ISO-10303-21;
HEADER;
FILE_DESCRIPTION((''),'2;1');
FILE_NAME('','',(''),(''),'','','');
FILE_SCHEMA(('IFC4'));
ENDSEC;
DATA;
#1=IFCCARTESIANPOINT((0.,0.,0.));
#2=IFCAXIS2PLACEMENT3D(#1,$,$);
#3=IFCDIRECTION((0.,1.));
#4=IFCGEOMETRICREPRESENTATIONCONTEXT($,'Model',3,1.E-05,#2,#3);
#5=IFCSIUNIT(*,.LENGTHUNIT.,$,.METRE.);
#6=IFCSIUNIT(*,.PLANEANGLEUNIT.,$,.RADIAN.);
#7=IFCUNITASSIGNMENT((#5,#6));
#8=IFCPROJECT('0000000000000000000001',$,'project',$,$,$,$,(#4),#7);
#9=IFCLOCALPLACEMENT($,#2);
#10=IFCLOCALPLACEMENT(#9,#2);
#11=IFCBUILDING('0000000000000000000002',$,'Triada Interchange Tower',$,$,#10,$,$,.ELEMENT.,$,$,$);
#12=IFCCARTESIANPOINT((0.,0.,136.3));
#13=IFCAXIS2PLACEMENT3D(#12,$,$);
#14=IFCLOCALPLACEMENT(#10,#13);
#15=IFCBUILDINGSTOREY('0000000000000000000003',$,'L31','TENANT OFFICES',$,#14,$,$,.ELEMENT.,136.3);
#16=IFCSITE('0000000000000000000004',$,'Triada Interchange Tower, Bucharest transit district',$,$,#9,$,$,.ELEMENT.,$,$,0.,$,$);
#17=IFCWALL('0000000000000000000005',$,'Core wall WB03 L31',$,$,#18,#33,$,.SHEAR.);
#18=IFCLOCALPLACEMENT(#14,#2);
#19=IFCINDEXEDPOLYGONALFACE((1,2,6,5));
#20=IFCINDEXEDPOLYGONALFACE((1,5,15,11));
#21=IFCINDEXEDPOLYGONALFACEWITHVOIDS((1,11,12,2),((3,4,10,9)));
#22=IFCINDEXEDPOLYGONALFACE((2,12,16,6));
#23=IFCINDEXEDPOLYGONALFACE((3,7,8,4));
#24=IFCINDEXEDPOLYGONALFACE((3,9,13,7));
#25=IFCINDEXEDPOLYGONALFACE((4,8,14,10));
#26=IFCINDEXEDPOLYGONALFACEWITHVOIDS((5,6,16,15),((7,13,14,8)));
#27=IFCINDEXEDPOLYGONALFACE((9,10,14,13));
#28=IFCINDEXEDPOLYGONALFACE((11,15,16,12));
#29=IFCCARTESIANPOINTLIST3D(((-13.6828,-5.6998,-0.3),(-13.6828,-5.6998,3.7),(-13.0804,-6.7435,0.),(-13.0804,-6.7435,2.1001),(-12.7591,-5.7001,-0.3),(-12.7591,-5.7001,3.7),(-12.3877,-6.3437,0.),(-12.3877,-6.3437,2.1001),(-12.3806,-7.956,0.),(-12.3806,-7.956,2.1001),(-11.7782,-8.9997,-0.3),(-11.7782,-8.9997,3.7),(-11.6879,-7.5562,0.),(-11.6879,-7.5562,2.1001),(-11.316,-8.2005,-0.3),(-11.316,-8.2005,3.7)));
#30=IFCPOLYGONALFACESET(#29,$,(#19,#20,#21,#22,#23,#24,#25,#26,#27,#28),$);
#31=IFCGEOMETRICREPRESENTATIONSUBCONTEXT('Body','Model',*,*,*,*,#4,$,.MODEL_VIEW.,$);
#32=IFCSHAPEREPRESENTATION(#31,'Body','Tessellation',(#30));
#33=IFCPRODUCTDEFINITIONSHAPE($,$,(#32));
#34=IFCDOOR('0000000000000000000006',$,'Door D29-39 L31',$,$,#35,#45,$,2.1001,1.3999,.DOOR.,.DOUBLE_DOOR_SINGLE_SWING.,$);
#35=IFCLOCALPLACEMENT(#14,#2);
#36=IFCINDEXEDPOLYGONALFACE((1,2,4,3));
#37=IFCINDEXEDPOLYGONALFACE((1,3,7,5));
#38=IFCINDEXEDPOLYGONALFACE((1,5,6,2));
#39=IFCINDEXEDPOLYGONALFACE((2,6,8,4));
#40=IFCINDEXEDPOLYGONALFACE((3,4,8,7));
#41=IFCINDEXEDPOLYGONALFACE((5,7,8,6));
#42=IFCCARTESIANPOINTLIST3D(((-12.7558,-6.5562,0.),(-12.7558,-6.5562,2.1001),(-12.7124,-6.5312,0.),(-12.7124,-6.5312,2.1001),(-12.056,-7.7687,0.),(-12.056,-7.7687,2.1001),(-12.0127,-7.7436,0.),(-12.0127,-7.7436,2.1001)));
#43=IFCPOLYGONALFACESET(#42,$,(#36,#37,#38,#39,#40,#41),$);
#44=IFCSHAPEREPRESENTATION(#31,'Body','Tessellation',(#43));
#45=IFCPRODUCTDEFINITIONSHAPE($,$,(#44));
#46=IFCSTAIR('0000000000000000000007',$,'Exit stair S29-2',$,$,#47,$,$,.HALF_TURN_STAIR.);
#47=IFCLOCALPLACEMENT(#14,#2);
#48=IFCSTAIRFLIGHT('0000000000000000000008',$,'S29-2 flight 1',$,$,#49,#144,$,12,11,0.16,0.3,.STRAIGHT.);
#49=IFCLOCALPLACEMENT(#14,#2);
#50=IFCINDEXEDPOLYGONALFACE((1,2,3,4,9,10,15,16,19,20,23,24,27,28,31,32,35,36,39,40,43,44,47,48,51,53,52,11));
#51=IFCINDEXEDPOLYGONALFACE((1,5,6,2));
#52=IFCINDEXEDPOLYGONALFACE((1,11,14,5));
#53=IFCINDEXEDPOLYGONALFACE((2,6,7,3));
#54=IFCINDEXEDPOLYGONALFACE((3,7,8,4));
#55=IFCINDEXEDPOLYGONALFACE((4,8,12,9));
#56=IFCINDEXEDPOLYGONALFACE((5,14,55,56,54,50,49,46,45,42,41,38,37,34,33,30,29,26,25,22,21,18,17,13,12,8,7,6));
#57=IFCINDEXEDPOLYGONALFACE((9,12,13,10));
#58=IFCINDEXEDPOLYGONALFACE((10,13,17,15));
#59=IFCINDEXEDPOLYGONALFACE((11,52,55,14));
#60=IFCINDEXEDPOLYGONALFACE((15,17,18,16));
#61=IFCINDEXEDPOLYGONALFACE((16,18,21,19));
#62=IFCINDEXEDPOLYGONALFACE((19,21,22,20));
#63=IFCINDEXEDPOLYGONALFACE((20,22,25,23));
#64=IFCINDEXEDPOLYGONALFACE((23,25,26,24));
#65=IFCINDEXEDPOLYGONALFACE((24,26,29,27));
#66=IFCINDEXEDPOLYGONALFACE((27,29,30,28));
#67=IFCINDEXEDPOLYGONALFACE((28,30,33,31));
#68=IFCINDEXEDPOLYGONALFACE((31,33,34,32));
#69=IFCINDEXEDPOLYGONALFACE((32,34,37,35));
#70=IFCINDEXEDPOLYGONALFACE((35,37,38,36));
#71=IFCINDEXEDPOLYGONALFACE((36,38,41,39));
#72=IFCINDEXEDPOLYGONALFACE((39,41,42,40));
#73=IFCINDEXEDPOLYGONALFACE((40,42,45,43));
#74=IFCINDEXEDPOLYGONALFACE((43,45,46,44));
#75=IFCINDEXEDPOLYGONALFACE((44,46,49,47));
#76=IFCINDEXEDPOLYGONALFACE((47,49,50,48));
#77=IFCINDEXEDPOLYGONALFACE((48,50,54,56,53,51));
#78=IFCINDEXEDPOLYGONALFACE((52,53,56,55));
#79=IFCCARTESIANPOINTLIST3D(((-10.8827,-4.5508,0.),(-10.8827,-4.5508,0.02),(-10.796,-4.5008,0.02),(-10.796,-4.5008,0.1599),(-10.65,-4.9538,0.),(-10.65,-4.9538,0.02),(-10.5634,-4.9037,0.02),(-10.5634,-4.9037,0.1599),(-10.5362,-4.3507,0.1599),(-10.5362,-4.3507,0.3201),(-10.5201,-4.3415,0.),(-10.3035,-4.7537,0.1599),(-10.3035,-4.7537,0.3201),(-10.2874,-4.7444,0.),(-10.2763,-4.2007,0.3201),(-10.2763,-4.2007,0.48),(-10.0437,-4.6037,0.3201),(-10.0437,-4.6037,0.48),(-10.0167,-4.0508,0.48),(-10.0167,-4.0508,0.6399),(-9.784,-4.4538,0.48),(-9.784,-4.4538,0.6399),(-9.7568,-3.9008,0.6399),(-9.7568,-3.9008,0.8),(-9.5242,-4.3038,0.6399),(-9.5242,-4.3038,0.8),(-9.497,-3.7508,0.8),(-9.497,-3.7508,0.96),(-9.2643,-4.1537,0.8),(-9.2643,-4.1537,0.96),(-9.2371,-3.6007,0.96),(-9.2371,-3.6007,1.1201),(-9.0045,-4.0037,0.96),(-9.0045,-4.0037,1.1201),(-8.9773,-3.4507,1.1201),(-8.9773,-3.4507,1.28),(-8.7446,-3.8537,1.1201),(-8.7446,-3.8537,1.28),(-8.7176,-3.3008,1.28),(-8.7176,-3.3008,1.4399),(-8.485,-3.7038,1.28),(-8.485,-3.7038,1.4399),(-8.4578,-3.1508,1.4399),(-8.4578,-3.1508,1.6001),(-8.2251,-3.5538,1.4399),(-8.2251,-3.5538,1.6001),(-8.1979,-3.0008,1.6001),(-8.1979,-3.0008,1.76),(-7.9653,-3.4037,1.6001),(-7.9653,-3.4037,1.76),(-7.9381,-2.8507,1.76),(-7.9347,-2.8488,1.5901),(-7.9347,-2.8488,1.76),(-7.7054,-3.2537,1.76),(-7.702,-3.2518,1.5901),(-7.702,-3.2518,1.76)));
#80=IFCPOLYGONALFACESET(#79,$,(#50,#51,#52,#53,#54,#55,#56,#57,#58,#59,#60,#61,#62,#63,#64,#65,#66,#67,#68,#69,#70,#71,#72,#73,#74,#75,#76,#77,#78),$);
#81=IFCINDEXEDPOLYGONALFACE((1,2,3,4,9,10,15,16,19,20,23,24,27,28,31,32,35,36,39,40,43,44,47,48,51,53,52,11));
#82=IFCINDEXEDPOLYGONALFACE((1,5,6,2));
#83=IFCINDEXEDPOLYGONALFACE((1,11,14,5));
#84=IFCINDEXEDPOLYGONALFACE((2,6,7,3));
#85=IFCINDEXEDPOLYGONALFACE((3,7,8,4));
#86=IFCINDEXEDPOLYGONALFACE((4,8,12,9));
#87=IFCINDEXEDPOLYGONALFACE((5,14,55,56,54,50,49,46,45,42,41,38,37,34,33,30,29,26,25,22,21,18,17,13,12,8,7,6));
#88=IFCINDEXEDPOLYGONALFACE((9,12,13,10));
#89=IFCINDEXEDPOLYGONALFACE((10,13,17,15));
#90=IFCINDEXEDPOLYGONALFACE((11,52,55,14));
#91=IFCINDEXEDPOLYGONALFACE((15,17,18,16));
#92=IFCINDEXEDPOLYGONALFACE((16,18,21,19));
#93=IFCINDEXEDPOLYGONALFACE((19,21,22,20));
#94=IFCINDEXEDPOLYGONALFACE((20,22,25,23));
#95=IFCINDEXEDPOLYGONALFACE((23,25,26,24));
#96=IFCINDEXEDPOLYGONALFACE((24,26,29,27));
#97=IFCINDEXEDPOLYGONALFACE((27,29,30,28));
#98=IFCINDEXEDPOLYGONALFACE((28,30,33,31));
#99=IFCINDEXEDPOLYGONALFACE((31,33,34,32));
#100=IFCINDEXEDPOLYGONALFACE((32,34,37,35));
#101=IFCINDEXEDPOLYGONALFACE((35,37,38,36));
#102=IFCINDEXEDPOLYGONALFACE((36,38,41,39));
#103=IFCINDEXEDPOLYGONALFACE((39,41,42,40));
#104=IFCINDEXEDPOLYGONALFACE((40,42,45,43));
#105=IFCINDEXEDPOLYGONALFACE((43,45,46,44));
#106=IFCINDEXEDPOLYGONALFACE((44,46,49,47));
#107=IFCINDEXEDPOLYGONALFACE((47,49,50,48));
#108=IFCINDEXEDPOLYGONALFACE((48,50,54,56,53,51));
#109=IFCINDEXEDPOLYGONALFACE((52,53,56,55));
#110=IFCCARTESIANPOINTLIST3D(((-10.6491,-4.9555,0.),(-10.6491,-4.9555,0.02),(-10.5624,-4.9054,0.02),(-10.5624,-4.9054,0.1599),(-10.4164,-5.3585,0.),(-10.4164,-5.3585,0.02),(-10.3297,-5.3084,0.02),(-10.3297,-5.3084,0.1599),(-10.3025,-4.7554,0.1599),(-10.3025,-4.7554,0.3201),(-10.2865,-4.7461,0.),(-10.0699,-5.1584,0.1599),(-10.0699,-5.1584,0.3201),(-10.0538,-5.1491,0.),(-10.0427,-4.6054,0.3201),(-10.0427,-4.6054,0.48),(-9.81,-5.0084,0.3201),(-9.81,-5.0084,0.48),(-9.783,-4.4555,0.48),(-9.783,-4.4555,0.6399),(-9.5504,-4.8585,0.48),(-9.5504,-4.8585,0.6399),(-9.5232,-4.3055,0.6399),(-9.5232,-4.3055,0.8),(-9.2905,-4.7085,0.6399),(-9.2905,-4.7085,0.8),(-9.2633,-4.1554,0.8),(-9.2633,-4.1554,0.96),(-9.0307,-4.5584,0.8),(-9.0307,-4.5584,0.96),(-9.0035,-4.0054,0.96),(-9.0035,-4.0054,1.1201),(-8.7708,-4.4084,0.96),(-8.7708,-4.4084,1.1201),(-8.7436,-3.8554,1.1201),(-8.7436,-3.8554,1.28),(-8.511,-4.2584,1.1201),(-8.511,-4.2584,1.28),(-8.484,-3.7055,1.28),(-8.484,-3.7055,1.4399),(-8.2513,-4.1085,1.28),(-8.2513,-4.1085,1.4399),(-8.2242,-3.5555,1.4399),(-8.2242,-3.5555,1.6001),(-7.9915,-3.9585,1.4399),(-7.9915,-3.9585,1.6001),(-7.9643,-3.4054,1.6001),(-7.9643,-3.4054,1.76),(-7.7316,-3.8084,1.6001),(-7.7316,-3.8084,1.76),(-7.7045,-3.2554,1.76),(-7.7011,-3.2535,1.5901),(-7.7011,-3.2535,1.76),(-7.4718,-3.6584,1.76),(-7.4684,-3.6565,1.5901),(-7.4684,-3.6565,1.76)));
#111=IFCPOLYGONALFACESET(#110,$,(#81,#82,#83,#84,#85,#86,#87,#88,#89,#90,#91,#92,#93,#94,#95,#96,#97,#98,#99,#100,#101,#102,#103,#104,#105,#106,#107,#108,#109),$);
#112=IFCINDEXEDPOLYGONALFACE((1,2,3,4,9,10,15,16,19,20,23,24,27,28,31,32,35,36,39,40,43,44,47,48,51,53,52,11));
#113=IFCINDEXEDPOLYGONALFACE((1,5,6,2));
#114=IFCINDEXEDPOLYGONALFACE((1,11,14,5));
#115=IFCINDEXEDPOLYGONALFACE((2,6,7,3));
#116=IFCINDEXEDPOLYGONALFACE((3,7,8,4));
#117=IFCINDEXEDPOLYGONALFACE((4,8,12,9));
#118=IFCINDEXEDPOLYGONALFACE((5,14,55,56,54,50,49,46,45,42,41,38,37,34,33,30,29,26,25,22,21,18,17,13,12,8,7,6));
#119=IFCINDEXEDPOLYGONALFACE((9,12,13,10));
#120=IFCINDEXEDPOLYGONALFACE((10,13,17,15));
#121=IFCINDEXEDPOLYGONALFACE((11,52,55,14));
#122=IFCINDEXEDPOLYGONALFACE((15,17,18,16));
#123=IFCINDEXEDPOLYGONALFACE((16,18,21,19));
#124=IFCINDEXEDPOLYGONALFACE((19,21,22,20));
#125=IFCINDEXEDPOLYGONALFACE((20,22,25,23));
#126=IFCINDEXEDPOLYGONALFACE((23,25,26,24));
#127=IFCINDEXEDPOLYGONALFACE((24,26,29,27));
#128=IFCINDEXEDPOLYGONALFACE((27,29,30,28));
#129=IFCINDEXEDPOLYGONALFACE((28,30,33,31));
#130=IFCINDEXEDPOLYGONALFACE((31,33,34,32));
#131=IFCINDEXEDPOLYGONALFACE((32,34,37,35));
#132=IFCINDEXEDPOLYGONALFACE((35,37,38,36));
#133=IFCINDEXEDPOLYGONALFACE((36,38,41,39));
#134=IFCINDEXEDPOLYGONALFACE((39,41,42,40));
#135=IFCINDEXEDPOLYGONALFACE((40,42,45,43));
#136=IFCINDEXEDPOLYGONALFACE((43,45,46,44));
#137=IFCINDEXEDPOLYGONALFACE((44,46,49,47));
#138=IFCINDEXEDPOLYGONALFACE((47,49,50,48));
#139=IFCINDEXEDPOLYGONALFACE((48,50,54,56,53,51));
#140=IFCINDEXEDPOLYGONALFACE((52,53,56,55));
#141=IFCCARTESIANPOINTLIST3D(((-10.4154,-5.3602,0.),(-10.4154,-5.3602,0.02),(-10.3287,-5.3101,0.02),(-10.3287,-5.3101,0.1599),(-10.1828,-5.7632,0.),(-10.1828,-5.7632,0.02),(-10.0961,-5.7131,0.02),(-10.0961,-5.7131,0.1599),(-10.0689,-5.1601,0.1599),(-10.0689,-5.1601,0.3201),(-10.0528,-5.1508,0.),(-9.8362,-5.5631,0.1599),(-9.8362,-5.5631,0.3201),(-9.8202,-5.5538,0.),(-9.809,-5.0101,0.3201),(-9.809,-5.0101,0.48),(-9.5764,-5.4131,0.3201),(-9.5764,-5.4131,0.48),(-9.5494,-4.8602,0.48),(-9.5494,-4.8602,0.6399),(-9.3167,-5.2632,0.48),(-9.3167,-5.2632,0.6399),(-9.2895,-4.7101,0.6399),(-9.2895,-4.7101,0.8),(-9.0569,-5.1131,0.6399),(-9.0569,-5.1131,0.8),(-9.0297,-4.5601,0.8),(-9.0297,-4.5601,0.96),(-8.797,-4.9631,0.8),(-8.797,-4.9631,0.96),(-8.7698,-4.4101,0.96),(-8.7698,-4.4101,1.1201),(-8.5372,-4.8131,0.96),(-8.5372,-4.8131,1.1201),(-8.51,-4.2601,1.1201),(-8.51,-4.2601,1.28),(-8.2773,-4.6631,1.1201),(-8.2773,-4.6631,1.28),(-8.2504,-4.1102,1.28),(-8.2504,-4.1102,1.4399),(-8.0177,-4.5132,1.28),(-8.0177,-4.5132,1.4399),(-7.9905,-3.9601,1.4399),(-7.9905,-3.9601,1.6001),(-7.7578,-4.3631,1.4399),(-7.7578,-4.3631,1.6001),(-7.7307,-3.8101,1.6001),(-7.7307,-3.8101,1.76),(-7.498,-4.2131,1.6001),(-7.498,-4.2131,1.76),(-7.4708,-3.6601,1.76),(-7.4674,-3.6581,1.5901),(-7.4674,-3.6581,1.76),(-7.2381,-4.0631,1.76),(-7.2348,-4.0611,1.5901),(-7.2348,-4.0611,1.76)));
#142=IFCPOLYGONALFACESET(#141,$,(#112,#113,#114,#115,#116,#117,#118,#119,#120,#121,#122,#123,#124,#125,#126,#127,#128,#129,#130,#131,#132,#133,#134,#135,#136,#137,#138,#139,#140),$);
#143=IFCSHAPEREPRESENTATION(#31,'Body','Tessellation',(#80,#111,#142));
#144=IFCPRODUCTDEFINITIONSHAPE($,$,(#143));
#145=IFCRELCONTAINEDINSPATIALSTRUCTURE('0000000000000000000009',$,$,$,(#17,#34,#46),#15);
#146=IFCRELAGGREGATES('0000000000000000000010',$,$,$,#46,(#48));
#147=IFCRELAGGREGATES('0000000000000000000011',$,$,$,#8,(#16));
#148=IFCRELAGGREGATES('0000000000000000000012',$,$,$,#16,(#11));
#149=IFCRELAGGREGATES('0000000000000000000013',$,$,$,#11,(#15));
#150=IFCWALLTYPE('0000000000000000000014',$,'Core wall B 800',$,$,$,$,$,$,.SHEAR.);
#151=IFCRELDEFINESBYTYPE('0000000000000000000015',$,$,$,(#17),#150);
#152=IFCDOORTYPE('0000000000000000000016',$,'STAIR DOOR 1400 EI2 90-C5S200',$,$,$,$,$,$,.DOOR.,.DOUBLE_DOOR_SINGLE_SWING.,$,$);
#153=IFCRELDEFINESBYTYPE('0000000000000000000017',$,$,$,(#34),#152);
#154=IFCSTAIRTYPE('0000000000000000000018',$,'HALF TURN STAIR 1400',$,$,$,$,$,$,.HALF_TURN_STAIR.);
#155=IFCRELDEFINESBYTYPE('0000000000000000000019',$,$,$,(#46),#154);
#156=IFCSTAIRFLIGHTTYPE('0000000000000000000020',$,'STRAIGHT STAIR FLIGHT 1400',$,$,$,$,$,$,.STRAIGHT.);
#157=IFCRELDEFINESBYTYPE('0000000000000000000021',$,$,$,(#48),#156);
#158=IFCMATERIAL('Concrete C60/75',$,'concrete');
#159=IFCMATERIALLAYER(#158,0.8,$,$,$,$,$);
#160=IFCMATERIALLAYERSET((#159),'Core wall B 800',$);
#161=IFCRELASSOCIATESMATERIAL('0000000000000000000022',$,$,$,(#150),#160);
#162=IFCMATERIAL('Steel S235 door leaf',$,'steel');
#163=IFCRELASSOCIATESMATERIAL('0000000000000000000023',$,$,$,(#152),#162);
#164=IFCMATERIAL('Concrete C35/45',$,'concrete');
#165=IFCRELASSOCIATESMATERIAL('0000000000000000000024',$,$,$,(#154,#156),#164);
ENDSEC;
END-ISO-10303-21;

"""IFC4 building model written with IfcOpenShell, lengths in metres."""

from ifc_helpers import new_model, si_unit, direction, frame, frame_2d, origin, place, context, subcontext, project, spatial, polyline, rectangle, outline, extrude, material, layer, layer_set, type_object, element, fill, aggregate, save


model = new_model("IFC4")

# Units and contexts
model_context = context("Model", 3, precision=1e-05, world=origin(), true_north=direction((0.0, 1.0)))
body_context = subcontext(model_context, "Body", "Model", "MODEL_VIEW")
ifc_project = project(units=[si_unit("LENGTHUNIT", "METRE"), si_unit("PLANEANGLEUNIT", "RADIAN")], contexts=[model_context])

# Site, building, storey
site_placement = place(None, origin())
site = spatial("IfcSite", under=ifc_project, at=site_placement, Name="Triada Interchange Tower, Bucharest transit district", CompositionType="ELEMENT", RefElevation=0.0)
building_placement = place(site_placement, origin())
building = spatial("IfcBuilding", under=site, at=building_placement, Name="Triada Interchange Tower", CompositionType="ELEMENT")
storey_placement = place(building_placement, frame((0.0, 0.0, 136.3)))
storey = spatial("IfcBuildingStorey", under=building, at=storey_placement, Name="L31", Description="TENANT OFFICES", CompositionType="ELEMENT", Elevation=136.3)

# Shared definitions
ifc_material_1 = material(Name="Steel S235 door leaf", Category="steel")

# Wall, opening, door
ifc_material_2 = material(Name="Concrete C60/75", Category="concrete")
ifc_layer_1 = layer(ifc_material_2, 0.8)
ifc_layer_set_1 = layer_set([ifc_layer_1], Name="Core wall B 800")
wall_type_1 = type_object("IfcWallType", Name="Core wall B 800", PredefinedType="SHEAR", material=ifc_layer_set_1)
wall_1_placement = place(storey_placement, frame((-13.2209, -5.7, -0.3), z_axis=(0.0, 0.0, 1.0), x_axis=(0.499872, -0.866099, 0.0)))
wall_1 = element("IfcWall", 1, at=wall_1_placement, inside=storey, type_object=wall_type_1, Name="Core wall WB03 L31", PredefinedType="SHEAR", context=body_context, shape_type="SweptSolid", body=[
    extrude(outline(polyline([(-0.231, -0.3999), (1.6741, -0.3999), (3.5791, -0.3999), (3.1179, 0.3999), (1.6743, 0.3999), (0.231, 0.3999), (-0.231, -0.3999)])), origin(), (0.0, 0.0, 1.0), 4.0),
])
opening_1_placement = place(wall_1_placement, frame((0.9741, 0.0, 0.3)))
opening_1 = element("IfcOpeningElement", 2, at=opening_1_placement, cuts=wall_1, PredefinedType="OPENING", context=body_context, shape_type="SweptSolid", body=[
    extrude(rectangle(XDim=1.3999, YDim=2.1001, at=frame_2d((0.7, 1.05))), frame((0.0, 0.4099, 0.0), z_axis=(0.0, -1.0, 0.0), x_axis=(1.0, 0.0, 0.0)), (0.0, 0.0, 1.0), 0.8201),
])
door_type_1 = type_object("IfcDoorType", Name="STAIR DOOR 1400 EI2 90-C5S200", OperationType="DOUBLE_DOOR_SINGLE_SWING", PredefinedType="DOOR", material=ifc_material_1)
door_1_placement = place(opening_1_placement, origin())
door_1 = element("IfcDoor", 3, at=door_1_placement, inside=storey, type_object=door_type_1, Name="Door D29-39 L31", OperationType="DOUBLE_DOOR_SINGLE_SWING", OverallHeight=2.1001, OverallWidth=1.3999, PredefinedType="DOOR", context=body_context, shape_type="SweptSolid", body=[
    extrude(rectangle(XDim=1.3999, YDim=2.1001, at=frame_2d((0.7, 1.05))), frame((0.0, 0.0249, 0.0), z_axis=(0.0, -1.0, 0.0), x_axis=(1.0, 0.0, 0.0)), (0.0, 0.0, 1.0), 0.05),
])
fill(opening_1, door_1)

# Stair, stair flight
ifc_material_3 = material(Name="Concrete C35/45", Category="concrete")
stair_type = type_object("IfcStairType", Name="HALF TURN STAIR 1400", PredefinedType="HALF_TURN_STAIR", material=ifc_material_3)
stair_placement = place(storey_placement, origin())
stair = element("IfcStair", 4, at=stair_placement, inside=storey, type_object=stair_type, Name="Exit stair S29-2", PredefinedType="HALF_TURN_STAIR")
stair_flight_type = type_object("IfcStairFlightType", Name="STRAIGHT STAIR FLIGHT 1400", PredefinedType="STRAIGHT", material=ifc_material_3)
stair_flight_1_placement = place(storey_placement, frame((-10.446, -5.1069, 0.0), z_axis=(0.0, 0.0, 1.0), x_axis=(0.866025, 0.5, 0.0)))
stair_flight_1 = element("IfcStairFlight", 5, at=stair_flight_1_placement, type_object=stair_flight_type, Name="S29-2 flight 1", NumberOfRisers=12, NumberOfTreads=11, PredefinedType="STRAIGHT", RiserHeight=0.16, TreadLength=0.3, context=body_context, shape_type="SweptSolid", body=[
    extrude(outline(polyline([(-0.1001, 0.0), (-0.1001, 0.02), (0.0, 0.02), (0.0, 0.1599), (0.3, 0.1599), (0.3, 0.3201), (0.6001, 0.3201), (0.6001, 0.48), (0.8999, 0.48), (0.8999, 0.6399), (1.2, 0.6399), (1.2, 0.8), (1.5, 0.8), (1.5, 0.96), (1.8, 0.96), (1.8, 1.1201), (2.1001, 1.1201), (2.1001, 1.28), (2.3999, 1.28), (2.3999, 1.4399), (2.7, 1.4399), (2.7, 1.6001), (3.0, 1.6001), (3.0, 1.76), (3.3, 1.76), (3.304, 1.76), (3.304, 1.9199), (3.304, 1.5901), (0.3186, 0.0), (-0.1001, 0.0)])), frame((0.0, 0.7, 0.0), z_axis=(0.0, -1.0, 0.0), x_axis=(1.0, 0.0, 0.0)), (0.0, 0.0, 1.0), 0.4653),
    extrude(outline(polyline([(-0.1001, 0.0), (-0.1001, 0.02), (0.0, 0.02), (0.0, 0.1599), (0.3, 0.1599), (0.3, 0.3201), (0.6001, 0.3201), (0.6001, 0.48), (0.8999, 0.48), (0.8999, 0.6399), (1.2, 0.6399), (1.2, 0.8), (1.5, 0.8), (1.5, 0.96), (1.8, 0.96), (1.8, 1.1201), (2.1001, 1.1201), (2.1001, 1.28), (2.3999, 1.28), (2.3999, 1.4399), (2.7, 1.4399), (2.7, 1.6001), (3.0, 1.6001), (3.0, 1.76), (3.3, 1.76), (3.304, 1.76), (3.304, 1.9199), (3.304, 1.5901), (0.3186, 0.0), (-0.1001, 0.0)])), frame((0.0, 0.2327, 0.0), z_axis=(0.0, -1.0, 0.0), x_axis=(1.0, 0.0, 0.0)), (0.0, 0.0, 1.0), 0.4653),
    extrude(outline(polyline([(-0.1001, 0.0), (-0.1001, 0.02), (0.0, 0.02), (0.0, 0.1599), (0.3, 0.1599), (0.3, 0.3201), (0.6001, 0.3201), (0.6001, 0.48), (0.8999, 0.48), (0.8999, 0.6399), (1.2, 0.6399), (1.2, 0.8), (1.5, 0.8), (1.5, 0.96), (1.8, 0.96), (1.8, 1.1201), (2.1001, 1.1201), (2.1001, 1.28), (2.3999, 1.28), (2.3999, 1.4399), (2.7, 1.4399), (2.7, 1.6001), (3.0, 1.6001), (3.0, 1.76), (3.3, 1.76), (3.304, 1.76), (3.304, 1.9199), (3.304, 1.5901), (0.3186, 0.0), (-0.1001, 0.0)])), frame((0.0, -0.2346, 0.0), z_axis=(0.0, -1.0, 0.0), x_axis=(1.0, 0.0, 0.0)), (0.0, 0.0, 1.0), 0.4653),
])
aggregate(stair, [stair_flight_1])

save(model, "model.ifc")
